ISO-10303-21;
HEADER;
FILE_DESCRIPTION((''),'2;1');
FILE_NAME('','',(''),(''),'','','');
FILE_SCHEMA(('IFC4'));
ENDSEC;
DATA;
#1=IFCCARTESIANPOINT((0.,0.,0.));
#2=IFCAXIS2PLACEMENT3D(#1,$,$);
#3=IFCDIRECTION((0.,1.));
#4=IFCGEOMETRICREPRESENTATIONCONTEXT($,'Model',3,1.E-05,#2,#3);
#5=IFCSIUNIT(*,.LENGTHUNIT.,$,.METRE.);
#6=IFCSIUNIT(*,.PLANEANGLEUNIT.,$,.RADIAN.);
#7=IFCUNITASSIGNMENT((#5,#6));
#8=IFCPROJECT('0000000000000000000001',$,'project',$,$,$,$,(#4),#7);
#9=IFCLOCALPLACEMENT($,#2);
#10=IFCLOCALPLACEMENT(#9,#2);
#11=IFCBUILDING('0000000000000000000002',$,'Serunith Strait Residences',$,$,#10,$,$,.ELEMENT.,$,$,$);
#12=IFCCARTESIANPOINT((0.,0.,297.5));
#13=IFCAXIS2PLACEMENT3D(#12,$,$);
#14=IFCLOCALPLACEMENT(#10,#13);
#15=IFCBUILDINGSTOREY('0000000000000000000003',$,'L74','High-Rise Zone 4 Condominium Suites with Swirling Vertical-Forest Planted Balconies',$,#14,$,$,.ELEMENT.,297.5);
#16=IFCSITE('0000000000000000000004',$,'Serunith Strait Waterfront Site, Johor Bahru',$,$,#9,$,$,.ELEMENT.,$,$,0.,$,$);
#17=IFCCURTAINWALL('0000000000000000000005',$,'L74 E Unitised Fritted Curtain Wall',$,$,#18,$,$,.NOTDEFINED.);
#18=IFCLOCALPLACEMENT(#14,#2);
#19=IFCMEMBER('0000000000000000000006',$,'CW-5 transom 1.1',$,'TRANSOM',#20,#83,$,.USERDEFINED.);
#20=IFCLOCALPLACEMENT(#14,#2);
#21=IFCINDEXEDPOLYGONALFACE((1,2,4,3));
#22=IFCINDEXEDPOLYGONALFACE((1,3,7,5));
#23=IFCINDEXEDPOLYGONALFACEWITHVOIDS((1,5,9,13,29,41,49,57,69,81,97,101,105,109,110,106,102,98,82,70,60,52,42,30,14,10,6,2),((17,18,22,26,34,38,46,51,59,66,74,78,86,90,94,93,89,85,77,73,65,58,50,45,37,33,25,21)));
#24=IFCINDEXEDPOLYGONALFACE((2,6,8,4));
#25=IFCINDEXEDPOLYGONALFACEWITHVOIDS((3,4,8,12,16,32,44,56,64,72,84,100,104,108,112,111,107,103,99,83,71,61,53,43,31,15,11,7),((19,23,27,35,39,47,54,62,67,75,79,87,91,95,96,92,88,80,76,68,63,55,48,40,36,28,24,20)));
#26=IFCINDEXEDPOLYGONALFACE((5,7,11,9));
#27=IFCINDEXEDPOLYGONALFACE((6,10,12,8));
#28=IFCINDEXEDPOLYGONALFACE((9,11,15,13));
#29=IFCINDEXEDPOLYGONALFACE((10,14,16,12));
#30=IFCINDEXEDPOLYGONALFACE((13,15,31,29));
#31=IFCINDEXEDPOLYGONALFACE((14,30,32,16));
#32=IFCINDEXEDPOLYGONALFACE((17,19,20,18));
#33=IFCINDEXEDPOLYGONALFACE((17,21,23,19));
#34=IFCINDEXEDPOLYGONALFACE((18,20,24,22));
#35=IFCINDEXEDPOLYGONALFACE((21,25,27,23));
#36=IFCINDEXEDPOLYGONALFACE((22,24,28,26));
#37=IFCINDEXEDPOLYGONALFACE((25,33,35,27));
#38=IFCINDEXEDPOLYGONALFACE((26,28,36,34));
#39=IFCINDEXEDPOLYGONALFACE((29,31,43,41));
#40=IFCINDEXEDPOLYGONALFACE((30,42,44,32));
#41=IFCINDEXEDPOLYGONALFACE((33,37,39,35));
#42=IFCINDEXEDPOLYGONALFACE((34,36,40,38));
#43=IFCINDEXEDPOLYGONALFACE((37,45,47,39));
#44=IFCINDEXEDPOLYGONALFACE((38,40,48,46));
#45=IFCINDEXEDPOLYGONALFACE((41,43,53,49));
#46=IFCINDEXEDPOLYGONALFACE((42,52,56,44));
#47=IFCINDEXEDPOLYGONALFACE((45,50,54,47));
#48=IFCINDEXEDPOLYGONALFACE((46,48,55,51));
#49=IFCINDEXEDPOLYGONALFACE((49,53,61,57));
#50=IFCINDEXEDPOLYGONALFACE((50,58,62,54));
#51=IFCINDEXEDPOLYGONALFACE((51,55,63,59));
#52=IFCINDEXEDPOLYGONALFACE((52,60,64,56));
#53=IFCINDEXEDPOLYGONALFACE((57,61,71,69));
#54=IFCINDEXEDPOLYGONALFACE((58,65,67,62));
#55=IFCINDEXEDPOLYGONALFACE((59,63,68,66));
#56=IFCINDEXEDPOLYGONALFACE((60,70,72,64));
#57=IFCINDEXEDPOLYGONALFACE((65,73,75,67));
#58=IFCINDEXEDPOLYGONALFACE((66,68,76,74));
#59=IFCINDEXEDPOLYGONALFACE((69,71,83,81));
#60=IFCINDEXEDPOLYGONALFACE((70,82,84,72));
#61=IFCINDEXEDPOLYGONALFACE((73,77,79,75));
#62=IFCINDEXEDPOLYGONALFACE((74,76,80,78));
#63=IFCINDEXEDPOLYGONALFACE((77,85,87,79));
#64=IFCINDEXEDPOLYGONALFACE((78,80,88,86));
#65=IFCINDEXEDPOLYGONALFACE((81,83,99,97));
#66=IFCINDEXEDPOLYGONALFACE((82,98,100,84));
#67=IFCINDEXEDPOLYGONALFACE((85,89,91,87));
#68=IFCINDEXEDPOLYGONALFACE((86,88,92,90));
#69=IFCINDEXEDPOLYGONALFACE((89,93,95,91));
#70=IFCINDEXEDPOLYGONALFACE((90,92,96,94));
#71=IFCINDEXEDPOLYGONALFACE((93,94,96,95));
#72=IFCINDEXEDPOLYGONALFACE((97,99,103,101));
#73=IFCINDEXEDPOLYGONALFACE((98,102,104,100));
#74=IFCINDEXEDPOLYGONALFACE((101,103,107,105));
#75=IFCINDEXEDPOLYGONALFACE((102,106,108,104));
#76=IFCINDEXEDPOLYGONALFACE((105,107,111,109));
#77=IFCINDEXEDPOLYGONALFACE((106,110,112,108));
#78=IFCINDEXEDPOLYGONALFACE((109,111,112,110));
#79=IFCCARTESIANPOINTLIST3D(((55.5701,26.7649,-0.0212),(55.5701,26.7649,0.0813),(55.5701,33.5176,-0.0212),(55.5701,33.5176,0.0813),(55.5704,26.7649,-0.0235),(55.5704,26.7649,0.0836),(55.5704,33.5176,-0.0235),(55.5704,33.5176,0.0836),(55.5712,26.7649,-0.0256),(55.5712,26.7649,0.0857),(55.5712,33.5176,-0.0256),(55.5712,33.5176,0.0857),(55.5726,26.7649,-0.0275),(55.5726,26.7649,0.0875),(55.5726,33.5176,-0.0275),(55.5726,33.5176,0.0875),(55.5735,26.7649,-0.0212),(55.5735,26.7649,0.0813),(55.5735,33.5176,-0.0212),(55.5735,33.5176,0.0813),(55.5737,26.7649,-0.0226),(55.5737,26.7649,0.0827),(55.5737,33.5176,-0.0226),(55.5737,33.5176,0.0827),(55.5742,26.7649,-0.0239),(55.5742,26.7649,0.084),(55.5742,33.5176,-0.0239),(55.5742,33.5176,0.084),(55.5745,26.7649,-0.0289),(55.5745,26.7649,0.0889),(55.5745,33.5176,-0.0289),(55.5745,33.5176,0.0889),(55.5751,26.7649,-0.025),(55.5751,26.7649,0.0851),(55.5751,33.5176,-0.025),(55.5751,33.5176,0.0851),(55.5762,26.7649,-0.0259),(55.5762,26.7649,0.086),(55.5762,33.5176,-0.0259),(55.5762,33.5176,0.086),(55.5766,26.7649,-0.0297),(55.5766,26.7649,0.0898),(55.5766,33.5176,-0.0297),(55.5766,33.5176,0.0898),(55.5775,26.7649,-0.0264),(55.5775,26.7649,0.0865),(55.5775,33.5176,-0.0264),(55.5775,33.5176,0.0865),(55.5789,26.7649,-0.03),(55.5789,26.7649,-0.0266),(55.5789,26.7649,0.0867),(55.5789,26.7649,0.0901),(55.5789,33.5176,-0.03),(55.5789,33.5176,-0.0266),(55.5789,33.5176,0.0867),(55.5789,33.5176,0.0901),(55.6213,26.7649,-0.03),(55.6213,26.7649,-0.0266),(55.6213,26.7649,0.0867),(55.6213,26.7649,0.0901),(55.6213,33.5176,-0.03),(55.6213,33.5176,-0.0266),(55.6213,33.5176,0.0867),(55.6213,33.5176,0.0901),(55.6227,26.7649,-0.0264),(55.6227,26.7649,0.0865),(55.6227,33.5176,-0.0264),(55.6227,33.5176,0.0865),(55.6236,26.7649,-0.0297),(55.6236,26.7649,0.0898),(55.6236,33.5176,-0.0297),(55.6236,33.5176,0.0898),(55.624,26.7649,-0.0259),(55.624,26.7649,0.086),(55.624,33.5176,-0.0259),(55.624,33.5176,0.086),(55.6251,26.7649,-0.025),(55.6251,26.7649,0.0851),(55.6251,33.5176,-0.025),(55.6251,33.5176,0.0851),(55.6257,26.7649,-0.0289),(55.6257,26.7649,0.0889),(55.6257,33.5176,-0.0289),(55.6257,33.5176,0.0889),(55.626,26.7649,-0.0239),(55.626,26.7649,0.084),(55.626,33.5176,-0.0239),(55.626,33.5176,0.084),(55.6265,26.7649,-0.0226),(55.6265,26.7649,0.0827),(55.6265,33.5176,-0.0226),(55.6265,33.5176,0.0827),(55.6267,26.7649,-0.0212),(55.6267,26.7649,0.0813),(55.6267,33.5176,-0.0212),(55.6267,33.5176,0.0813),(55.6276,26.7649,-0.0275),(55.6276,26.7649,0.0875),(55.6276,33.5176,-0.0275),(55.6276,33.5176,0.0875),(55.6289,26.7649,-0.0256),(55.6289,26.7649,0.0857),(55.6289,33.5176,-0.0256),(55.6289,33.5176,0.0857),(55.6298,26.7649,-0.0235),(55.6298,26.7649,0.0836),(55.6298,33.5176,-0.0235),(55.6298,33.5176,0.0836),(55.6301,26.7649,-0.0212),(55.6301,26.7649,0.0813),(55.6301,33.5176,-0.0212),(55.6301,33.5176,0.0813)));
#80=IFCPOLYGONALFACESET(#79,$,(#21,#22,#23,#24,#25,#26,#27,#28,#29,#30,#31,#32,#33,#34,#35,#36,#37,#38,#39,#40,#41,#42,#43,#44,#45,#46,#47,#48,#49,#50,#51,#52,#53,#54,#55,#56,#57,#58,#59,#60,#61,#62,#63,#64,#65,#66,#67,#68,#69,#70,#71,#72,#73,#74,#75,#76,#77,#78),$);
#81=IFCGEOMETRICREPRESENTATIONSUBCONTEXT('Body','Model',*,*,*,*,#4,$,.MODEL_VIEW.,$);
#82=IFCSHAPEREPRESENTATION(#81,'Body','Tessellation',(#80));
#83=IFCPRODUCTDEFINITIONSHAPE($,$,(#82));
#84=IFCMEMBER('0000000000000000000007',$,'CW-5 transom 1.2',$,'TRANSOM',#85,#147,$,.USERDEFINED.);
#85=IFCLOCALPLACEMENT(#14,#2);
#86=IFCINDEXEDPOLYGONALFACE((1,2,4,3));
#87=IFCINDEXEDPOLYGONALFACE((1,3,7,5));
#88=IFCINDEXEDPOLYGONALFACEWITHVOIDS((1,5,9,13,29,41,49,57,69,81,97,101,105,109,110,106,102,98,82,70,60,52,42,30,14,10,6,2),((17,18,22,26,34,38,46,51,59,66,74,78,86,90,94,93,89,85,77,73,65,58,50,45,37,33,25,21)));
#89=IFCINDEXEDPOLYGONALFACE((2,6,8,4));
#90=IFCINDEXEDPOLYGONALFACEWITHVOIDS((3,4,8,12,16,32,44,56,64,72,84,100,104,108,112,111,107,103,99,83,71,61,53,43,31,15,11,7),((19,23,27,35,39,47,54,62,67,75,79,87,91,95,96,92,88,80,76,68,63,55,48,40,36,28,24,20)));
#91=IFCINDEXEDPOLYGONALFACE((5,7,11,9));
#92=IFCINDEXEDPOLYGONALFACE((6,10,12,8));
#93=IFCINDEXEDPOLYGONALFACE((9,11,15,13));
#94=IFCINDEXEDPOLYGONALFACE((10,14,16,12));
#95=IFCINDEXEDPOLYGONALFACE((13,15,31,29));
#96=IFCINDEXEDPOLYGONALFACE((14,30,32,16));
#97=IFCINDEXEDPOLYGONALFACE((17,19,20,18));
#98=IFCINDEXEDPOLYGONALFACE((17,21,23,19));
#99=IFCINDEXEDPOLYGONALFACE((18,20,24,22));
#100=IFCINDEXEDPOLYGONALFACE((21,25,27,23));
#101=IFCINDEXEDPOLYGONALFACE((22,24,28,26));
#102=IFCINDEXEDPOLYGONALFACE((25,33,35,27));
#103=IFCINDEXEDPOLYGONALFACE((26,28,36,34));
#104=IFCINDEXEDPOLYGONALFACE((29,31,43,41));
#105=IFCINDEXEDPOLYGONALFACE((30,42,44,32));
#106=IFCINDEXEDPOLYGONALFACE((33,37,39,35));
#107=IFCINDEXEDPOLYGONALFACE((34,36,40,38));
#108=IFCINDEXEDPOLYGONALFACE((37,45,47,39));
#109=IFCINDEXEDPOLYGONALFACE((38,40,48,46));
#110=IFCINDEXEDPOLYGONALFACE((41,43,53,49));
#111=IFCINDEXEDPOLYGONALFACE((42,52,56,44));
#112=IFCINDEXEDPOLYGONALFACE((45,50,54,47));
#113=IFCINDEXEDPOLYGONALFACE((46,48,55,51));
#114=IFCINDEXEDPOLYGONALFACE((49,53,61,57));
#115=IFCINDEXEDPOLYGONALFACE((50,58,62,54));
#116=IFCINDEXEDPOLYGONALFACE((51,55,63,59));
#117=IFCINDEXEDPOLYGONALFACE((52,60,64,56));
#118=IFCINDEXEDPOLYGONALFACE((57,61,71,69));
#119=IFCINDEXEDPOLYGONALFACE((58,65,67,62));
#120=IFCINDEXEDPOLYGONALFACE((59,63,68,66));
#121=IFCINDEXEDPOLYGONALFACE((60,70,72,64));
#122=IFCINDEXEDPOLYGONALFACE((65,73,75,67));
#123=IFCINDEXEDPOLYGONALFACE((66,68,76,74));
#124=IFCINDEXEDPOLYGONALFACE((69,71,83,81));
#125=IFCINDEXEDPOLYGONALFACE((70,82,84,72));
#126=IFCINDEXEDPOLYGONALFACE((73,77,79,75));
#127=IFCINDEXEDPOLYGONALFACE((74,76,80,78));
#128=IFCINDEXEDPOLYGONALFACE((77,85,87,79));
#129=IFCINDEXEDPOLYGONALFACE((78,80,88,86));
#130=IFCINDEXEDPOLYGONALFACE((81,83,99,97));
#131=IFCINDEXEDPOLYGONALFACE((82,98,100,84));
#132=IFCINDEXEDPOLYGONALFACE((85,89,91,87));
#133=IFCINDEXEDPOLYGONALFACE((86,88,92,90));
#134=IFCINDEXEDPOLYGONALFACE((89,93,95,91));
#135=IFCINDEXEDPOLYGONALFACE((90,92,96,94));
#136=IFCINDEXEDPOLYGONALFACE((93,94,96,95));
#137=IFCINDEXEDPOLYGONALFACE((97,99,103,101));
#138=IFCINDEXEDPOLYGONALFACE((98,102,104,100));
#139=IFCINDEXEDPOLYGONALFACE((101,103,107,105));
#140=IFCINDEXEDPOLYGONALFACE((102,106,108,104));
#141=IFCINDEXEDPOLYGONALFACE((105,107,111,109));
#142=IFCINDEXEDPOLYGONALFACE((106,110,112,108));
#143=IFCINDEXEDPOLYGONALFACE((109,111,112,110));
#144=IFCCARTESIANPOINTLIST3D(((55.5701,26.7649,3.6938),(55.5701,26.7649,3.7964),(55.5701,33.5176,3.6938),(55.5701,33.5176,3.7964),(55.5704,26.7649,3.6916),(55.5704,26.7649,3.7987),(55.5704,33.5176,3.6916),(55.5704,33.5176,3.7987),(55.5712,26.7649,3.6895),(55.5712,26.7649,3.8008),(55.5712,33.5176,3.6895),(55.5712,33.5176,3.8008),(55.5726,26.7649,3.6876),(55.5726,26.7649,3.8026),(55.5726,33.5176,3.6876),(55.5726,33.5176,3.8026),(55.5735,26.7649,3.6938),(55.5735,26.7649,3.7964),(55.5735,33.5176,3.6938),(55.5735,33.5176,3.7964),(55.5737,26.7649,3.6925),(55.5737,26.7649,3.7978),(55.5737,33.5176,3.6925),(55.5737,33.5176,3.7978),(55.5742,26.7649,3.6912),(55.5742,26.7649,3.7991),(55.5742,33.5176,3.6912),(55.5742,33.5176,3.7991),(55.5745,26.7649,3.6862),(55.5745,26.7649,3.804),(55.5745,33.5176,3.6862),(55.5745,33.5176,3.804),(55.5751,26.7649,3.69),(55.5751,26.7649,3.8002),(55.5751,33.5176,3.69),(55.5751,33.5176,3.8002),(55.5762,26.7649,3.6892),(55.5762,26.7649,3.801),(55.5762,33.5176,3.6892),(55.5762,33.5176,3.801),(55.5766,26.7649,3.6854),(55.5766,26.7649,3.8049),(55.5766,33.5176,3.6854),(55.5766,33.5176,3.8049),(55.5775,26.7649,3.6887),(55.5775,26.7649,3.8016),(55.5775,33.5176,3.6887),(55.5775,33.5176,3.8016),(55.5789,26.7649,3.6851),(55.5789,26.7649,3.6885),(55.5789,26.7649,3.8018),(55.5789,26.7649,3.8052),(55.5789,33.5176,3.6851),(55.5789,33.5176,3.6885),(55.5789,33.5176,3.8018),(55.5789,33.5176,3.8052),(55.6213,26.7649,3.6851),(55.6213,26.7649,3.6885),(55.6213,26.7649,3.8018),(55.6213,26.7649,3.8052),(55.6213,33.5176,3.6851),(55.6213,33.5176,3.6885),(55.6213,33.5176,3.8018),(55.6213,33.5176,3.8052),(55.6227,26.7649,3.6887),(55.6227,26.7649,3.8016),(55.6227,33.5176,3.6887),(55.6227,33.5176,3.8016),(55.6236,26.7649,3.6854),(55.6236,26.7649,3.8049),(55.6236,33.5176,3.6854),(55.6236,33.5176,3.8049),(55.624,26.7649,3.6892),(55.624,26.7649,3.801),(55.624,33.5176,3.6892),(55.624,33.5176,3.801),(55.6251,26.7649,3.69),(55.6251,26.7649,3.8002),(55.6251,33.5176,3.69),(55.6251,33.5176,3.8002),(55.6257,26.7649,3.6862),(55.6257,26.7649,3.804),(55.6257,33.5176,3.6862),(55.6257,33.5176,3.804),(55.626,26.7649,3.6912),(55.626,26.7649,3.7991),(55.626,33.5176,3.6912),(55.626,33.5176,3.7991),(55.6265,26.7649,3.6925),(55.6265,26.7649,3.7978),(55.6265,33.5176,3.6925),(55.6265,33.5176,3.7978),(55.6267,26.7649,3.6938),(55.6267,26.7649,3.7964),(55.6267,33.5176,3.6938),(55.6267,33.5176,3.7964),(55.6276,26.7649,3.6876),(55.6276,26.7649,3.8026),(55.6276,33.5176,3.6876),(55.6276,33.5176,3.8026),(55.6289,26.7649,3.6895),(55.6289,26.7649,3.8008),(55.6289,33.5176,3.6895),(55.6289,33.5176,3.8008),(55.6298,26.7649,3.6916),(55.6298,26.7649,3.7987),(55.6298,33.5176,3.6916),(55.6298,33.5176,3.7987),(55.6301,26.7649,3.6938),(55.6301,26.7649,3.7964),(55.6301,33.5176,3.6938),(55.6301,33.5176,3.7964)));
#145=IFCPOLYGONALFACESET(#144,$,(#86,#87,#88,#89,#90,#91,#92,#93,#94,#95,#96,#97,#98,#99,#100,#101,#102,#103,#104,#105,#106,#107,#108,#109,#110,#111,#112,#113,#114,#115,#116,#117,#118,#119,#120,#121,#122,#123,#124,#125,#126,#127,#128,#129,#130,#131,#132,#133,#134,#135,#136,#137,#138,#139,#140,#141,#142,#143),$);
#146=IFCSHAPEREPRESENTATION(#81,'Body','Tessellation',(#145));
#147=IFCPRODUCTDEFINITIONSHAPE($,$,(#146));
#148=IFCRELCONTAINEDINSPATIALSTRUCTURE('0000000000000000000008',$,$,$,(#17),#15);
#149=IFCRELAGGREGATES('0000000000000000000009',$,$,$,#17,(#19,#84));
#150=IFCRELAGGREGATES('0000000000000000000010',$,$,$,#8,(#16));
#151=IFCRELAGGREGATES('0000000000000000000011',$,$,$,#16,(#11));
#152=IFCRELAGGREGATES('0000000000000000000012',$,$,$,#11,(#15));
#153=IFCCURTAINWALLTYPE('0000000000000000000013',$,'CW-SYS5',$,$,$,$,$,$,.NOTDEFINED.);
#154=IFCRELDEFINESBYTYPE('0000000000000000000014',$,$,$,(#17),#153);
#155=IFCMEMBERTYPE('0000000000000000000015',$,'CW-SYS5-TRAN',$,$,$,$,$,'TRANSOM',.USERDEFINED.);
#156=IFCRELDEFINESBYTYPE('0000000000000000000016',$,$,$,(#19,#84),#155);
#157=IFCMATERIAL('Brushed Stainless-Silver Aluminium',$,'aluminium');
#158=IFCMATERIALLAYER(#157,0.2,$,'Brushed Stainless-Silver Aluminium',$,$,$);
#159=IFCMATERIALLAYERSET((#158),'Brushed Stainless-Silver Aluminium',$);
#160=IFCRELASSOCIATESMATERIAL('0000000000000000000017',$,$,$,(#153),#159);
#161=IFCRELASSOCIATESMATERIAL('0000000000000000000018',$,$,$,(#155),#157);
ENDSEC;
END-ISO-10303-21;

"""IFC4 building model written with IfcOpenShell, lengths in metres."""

from ifc_helpers import new_model, si_unit, direction, frame, origin, origin_2d, place, context, subcontext, project, spatial, hollow_rectangle, extrude, source, transform, mapped, material, layer, layer_set, material_profile, profile_set, type_object, element, aggregate, save


model = new_model("IFC4")

# Units and contexts
model_context = context("Model", 3, precision=1e-05, world=origin(), true_north=direction((0.0, 1.0)))
body_context = subcontext(model_context, "Body", "Model", "MODEL_VIEW")
ifc_project = project(units=[si_unit("LENGTHUNIT", "METRE"), si_unit("PLANEANGLEUNIT", "RADIAN")], contexts=[model_context])

# Site, building, storey
site_placement = place(None, origin())
site = spatial("IfcSite", under=ifc_project, at=site_placement, Name="Serunith Strait Waterfront Site, Johor Bahru", CompositionType="ELEMENT", RefElevation=0.0)
building_placement = place(site_placement, origin())
building = spatial("IfcBuilding", under=site, at=building_placement, Name="Serunith Strait Residences", CompositionType="ELEMENT")
storey_placement = place(building_placement, frame((0.0, 0.0, 297.5)))
storey = spatial("IfcBuildingStorey", under=building, at=storey_placement, Name="L74", Description="High-Rise Zone 4 Condominium Suites with Swirling Vertical-Forest Planted Balconies", CompositionType="ELEMENT", Elevation=297.5)

# Curtain wall, members
ifc_material_1 = material(Name="Brushed Stainless-Silver Aluminium", Category="aluminium")
ifc_layer_1 = layer(ifc_material_1, 0.2, Name="Brushed Stainless-Silver Aluminium")
ifc_layer_set_1 = layer_set([ifc_layer_1], Name="Brushed Stainless-Silver Aluminium")
curtain_wall_type = type_object("IfcCurtainWallType", Name="CW-SYS5", PredefinedType="NOTDEFINED", material=ifc_layer_set_1)
curtain_wall_1_placement = place(storey_placement, origin())
curtain_wall_1 = element("IfcCurtainWall", 1, at=curtain_wall_1_placement, inside=storey, type_object=curtain_wall_type, Name="L74 E Unitised Fritted Curtain Wall", PredefinedType="NOTDEFINED")
ifc_material_profile_1 = material_profile(ifc_material_1, hollow_rectangle(XDim=0.0601, YDim=0.1201, WallThickness=0.0034, InnerFilletRadius=0.0054, OuterFilletRadius=0.0088, at=origin_2d()), Name="ALU 120x60x3.5")
ifc_profile_set_1 = profile_set([ifc_material_profile_1], Name="Brushed Stainless-Silver Aluminium")
member_type_1 = type_object("IfcMemberType", Name="CW-SYS5-TRAN", ElementType="TRANSOM", PredefinedType="USERDEFINED", material=ifc_profile_set_1)
shared_shape_1 = source(origin(), body_context, "Body", "SweptSolid", [
    extrude(hollow_rectangle(XDim=0.0601, YDim=0.1201, WallThickness=0.0034, InnerFilletRadius=0.0054, OuterFilletRadius=0.0088, at=origin_2d()), origin(), (0.0, 0.0, 1.0), 6.7527),
])
member_1_placement = place(storey_placement, frame((55.6001, 26.7649, 0.03), z_axis=(0.0, 1.0, 0.0), x_axis=(-1.0, 0.0, 0.0)))
member_1 = element("IfcMember", 2, at=member_1_placement, type_object=member_type_1, Name="CW-5 transom 1.1", ObjectType="TRANSOM", PredefinedType="USERDEFINED", context=body_context, shape_type="MappedRepresentation", body=[
    mapped(shared_shape_1, transform((0.0, 0.0, 0.0), scale=1.0)),
])
member_2_placement = place(storey_placement, frame((55.6001, 26.7649, 3.7451), z_axis=(0.0, 1.0, 0.0), x_axis=(-1.0, 0.0, 0.0)))
member_2 = element("IfcMember", 3, at=member_2_placement, type_object=member_type_1, Name="CW-5 transom 1.2", ObjectType="TRANSOM", PredefinedType="USERDEFINED", context=body_context, shape_type="MappedRepresentation", body=[
    mapped(shared_shape_1, transform((0.0, 0.0, 0.0), scale=1.0)),
])

aggregate(curtain_wall_1, [member_1, member_2])

save(model, "model.ifc")
